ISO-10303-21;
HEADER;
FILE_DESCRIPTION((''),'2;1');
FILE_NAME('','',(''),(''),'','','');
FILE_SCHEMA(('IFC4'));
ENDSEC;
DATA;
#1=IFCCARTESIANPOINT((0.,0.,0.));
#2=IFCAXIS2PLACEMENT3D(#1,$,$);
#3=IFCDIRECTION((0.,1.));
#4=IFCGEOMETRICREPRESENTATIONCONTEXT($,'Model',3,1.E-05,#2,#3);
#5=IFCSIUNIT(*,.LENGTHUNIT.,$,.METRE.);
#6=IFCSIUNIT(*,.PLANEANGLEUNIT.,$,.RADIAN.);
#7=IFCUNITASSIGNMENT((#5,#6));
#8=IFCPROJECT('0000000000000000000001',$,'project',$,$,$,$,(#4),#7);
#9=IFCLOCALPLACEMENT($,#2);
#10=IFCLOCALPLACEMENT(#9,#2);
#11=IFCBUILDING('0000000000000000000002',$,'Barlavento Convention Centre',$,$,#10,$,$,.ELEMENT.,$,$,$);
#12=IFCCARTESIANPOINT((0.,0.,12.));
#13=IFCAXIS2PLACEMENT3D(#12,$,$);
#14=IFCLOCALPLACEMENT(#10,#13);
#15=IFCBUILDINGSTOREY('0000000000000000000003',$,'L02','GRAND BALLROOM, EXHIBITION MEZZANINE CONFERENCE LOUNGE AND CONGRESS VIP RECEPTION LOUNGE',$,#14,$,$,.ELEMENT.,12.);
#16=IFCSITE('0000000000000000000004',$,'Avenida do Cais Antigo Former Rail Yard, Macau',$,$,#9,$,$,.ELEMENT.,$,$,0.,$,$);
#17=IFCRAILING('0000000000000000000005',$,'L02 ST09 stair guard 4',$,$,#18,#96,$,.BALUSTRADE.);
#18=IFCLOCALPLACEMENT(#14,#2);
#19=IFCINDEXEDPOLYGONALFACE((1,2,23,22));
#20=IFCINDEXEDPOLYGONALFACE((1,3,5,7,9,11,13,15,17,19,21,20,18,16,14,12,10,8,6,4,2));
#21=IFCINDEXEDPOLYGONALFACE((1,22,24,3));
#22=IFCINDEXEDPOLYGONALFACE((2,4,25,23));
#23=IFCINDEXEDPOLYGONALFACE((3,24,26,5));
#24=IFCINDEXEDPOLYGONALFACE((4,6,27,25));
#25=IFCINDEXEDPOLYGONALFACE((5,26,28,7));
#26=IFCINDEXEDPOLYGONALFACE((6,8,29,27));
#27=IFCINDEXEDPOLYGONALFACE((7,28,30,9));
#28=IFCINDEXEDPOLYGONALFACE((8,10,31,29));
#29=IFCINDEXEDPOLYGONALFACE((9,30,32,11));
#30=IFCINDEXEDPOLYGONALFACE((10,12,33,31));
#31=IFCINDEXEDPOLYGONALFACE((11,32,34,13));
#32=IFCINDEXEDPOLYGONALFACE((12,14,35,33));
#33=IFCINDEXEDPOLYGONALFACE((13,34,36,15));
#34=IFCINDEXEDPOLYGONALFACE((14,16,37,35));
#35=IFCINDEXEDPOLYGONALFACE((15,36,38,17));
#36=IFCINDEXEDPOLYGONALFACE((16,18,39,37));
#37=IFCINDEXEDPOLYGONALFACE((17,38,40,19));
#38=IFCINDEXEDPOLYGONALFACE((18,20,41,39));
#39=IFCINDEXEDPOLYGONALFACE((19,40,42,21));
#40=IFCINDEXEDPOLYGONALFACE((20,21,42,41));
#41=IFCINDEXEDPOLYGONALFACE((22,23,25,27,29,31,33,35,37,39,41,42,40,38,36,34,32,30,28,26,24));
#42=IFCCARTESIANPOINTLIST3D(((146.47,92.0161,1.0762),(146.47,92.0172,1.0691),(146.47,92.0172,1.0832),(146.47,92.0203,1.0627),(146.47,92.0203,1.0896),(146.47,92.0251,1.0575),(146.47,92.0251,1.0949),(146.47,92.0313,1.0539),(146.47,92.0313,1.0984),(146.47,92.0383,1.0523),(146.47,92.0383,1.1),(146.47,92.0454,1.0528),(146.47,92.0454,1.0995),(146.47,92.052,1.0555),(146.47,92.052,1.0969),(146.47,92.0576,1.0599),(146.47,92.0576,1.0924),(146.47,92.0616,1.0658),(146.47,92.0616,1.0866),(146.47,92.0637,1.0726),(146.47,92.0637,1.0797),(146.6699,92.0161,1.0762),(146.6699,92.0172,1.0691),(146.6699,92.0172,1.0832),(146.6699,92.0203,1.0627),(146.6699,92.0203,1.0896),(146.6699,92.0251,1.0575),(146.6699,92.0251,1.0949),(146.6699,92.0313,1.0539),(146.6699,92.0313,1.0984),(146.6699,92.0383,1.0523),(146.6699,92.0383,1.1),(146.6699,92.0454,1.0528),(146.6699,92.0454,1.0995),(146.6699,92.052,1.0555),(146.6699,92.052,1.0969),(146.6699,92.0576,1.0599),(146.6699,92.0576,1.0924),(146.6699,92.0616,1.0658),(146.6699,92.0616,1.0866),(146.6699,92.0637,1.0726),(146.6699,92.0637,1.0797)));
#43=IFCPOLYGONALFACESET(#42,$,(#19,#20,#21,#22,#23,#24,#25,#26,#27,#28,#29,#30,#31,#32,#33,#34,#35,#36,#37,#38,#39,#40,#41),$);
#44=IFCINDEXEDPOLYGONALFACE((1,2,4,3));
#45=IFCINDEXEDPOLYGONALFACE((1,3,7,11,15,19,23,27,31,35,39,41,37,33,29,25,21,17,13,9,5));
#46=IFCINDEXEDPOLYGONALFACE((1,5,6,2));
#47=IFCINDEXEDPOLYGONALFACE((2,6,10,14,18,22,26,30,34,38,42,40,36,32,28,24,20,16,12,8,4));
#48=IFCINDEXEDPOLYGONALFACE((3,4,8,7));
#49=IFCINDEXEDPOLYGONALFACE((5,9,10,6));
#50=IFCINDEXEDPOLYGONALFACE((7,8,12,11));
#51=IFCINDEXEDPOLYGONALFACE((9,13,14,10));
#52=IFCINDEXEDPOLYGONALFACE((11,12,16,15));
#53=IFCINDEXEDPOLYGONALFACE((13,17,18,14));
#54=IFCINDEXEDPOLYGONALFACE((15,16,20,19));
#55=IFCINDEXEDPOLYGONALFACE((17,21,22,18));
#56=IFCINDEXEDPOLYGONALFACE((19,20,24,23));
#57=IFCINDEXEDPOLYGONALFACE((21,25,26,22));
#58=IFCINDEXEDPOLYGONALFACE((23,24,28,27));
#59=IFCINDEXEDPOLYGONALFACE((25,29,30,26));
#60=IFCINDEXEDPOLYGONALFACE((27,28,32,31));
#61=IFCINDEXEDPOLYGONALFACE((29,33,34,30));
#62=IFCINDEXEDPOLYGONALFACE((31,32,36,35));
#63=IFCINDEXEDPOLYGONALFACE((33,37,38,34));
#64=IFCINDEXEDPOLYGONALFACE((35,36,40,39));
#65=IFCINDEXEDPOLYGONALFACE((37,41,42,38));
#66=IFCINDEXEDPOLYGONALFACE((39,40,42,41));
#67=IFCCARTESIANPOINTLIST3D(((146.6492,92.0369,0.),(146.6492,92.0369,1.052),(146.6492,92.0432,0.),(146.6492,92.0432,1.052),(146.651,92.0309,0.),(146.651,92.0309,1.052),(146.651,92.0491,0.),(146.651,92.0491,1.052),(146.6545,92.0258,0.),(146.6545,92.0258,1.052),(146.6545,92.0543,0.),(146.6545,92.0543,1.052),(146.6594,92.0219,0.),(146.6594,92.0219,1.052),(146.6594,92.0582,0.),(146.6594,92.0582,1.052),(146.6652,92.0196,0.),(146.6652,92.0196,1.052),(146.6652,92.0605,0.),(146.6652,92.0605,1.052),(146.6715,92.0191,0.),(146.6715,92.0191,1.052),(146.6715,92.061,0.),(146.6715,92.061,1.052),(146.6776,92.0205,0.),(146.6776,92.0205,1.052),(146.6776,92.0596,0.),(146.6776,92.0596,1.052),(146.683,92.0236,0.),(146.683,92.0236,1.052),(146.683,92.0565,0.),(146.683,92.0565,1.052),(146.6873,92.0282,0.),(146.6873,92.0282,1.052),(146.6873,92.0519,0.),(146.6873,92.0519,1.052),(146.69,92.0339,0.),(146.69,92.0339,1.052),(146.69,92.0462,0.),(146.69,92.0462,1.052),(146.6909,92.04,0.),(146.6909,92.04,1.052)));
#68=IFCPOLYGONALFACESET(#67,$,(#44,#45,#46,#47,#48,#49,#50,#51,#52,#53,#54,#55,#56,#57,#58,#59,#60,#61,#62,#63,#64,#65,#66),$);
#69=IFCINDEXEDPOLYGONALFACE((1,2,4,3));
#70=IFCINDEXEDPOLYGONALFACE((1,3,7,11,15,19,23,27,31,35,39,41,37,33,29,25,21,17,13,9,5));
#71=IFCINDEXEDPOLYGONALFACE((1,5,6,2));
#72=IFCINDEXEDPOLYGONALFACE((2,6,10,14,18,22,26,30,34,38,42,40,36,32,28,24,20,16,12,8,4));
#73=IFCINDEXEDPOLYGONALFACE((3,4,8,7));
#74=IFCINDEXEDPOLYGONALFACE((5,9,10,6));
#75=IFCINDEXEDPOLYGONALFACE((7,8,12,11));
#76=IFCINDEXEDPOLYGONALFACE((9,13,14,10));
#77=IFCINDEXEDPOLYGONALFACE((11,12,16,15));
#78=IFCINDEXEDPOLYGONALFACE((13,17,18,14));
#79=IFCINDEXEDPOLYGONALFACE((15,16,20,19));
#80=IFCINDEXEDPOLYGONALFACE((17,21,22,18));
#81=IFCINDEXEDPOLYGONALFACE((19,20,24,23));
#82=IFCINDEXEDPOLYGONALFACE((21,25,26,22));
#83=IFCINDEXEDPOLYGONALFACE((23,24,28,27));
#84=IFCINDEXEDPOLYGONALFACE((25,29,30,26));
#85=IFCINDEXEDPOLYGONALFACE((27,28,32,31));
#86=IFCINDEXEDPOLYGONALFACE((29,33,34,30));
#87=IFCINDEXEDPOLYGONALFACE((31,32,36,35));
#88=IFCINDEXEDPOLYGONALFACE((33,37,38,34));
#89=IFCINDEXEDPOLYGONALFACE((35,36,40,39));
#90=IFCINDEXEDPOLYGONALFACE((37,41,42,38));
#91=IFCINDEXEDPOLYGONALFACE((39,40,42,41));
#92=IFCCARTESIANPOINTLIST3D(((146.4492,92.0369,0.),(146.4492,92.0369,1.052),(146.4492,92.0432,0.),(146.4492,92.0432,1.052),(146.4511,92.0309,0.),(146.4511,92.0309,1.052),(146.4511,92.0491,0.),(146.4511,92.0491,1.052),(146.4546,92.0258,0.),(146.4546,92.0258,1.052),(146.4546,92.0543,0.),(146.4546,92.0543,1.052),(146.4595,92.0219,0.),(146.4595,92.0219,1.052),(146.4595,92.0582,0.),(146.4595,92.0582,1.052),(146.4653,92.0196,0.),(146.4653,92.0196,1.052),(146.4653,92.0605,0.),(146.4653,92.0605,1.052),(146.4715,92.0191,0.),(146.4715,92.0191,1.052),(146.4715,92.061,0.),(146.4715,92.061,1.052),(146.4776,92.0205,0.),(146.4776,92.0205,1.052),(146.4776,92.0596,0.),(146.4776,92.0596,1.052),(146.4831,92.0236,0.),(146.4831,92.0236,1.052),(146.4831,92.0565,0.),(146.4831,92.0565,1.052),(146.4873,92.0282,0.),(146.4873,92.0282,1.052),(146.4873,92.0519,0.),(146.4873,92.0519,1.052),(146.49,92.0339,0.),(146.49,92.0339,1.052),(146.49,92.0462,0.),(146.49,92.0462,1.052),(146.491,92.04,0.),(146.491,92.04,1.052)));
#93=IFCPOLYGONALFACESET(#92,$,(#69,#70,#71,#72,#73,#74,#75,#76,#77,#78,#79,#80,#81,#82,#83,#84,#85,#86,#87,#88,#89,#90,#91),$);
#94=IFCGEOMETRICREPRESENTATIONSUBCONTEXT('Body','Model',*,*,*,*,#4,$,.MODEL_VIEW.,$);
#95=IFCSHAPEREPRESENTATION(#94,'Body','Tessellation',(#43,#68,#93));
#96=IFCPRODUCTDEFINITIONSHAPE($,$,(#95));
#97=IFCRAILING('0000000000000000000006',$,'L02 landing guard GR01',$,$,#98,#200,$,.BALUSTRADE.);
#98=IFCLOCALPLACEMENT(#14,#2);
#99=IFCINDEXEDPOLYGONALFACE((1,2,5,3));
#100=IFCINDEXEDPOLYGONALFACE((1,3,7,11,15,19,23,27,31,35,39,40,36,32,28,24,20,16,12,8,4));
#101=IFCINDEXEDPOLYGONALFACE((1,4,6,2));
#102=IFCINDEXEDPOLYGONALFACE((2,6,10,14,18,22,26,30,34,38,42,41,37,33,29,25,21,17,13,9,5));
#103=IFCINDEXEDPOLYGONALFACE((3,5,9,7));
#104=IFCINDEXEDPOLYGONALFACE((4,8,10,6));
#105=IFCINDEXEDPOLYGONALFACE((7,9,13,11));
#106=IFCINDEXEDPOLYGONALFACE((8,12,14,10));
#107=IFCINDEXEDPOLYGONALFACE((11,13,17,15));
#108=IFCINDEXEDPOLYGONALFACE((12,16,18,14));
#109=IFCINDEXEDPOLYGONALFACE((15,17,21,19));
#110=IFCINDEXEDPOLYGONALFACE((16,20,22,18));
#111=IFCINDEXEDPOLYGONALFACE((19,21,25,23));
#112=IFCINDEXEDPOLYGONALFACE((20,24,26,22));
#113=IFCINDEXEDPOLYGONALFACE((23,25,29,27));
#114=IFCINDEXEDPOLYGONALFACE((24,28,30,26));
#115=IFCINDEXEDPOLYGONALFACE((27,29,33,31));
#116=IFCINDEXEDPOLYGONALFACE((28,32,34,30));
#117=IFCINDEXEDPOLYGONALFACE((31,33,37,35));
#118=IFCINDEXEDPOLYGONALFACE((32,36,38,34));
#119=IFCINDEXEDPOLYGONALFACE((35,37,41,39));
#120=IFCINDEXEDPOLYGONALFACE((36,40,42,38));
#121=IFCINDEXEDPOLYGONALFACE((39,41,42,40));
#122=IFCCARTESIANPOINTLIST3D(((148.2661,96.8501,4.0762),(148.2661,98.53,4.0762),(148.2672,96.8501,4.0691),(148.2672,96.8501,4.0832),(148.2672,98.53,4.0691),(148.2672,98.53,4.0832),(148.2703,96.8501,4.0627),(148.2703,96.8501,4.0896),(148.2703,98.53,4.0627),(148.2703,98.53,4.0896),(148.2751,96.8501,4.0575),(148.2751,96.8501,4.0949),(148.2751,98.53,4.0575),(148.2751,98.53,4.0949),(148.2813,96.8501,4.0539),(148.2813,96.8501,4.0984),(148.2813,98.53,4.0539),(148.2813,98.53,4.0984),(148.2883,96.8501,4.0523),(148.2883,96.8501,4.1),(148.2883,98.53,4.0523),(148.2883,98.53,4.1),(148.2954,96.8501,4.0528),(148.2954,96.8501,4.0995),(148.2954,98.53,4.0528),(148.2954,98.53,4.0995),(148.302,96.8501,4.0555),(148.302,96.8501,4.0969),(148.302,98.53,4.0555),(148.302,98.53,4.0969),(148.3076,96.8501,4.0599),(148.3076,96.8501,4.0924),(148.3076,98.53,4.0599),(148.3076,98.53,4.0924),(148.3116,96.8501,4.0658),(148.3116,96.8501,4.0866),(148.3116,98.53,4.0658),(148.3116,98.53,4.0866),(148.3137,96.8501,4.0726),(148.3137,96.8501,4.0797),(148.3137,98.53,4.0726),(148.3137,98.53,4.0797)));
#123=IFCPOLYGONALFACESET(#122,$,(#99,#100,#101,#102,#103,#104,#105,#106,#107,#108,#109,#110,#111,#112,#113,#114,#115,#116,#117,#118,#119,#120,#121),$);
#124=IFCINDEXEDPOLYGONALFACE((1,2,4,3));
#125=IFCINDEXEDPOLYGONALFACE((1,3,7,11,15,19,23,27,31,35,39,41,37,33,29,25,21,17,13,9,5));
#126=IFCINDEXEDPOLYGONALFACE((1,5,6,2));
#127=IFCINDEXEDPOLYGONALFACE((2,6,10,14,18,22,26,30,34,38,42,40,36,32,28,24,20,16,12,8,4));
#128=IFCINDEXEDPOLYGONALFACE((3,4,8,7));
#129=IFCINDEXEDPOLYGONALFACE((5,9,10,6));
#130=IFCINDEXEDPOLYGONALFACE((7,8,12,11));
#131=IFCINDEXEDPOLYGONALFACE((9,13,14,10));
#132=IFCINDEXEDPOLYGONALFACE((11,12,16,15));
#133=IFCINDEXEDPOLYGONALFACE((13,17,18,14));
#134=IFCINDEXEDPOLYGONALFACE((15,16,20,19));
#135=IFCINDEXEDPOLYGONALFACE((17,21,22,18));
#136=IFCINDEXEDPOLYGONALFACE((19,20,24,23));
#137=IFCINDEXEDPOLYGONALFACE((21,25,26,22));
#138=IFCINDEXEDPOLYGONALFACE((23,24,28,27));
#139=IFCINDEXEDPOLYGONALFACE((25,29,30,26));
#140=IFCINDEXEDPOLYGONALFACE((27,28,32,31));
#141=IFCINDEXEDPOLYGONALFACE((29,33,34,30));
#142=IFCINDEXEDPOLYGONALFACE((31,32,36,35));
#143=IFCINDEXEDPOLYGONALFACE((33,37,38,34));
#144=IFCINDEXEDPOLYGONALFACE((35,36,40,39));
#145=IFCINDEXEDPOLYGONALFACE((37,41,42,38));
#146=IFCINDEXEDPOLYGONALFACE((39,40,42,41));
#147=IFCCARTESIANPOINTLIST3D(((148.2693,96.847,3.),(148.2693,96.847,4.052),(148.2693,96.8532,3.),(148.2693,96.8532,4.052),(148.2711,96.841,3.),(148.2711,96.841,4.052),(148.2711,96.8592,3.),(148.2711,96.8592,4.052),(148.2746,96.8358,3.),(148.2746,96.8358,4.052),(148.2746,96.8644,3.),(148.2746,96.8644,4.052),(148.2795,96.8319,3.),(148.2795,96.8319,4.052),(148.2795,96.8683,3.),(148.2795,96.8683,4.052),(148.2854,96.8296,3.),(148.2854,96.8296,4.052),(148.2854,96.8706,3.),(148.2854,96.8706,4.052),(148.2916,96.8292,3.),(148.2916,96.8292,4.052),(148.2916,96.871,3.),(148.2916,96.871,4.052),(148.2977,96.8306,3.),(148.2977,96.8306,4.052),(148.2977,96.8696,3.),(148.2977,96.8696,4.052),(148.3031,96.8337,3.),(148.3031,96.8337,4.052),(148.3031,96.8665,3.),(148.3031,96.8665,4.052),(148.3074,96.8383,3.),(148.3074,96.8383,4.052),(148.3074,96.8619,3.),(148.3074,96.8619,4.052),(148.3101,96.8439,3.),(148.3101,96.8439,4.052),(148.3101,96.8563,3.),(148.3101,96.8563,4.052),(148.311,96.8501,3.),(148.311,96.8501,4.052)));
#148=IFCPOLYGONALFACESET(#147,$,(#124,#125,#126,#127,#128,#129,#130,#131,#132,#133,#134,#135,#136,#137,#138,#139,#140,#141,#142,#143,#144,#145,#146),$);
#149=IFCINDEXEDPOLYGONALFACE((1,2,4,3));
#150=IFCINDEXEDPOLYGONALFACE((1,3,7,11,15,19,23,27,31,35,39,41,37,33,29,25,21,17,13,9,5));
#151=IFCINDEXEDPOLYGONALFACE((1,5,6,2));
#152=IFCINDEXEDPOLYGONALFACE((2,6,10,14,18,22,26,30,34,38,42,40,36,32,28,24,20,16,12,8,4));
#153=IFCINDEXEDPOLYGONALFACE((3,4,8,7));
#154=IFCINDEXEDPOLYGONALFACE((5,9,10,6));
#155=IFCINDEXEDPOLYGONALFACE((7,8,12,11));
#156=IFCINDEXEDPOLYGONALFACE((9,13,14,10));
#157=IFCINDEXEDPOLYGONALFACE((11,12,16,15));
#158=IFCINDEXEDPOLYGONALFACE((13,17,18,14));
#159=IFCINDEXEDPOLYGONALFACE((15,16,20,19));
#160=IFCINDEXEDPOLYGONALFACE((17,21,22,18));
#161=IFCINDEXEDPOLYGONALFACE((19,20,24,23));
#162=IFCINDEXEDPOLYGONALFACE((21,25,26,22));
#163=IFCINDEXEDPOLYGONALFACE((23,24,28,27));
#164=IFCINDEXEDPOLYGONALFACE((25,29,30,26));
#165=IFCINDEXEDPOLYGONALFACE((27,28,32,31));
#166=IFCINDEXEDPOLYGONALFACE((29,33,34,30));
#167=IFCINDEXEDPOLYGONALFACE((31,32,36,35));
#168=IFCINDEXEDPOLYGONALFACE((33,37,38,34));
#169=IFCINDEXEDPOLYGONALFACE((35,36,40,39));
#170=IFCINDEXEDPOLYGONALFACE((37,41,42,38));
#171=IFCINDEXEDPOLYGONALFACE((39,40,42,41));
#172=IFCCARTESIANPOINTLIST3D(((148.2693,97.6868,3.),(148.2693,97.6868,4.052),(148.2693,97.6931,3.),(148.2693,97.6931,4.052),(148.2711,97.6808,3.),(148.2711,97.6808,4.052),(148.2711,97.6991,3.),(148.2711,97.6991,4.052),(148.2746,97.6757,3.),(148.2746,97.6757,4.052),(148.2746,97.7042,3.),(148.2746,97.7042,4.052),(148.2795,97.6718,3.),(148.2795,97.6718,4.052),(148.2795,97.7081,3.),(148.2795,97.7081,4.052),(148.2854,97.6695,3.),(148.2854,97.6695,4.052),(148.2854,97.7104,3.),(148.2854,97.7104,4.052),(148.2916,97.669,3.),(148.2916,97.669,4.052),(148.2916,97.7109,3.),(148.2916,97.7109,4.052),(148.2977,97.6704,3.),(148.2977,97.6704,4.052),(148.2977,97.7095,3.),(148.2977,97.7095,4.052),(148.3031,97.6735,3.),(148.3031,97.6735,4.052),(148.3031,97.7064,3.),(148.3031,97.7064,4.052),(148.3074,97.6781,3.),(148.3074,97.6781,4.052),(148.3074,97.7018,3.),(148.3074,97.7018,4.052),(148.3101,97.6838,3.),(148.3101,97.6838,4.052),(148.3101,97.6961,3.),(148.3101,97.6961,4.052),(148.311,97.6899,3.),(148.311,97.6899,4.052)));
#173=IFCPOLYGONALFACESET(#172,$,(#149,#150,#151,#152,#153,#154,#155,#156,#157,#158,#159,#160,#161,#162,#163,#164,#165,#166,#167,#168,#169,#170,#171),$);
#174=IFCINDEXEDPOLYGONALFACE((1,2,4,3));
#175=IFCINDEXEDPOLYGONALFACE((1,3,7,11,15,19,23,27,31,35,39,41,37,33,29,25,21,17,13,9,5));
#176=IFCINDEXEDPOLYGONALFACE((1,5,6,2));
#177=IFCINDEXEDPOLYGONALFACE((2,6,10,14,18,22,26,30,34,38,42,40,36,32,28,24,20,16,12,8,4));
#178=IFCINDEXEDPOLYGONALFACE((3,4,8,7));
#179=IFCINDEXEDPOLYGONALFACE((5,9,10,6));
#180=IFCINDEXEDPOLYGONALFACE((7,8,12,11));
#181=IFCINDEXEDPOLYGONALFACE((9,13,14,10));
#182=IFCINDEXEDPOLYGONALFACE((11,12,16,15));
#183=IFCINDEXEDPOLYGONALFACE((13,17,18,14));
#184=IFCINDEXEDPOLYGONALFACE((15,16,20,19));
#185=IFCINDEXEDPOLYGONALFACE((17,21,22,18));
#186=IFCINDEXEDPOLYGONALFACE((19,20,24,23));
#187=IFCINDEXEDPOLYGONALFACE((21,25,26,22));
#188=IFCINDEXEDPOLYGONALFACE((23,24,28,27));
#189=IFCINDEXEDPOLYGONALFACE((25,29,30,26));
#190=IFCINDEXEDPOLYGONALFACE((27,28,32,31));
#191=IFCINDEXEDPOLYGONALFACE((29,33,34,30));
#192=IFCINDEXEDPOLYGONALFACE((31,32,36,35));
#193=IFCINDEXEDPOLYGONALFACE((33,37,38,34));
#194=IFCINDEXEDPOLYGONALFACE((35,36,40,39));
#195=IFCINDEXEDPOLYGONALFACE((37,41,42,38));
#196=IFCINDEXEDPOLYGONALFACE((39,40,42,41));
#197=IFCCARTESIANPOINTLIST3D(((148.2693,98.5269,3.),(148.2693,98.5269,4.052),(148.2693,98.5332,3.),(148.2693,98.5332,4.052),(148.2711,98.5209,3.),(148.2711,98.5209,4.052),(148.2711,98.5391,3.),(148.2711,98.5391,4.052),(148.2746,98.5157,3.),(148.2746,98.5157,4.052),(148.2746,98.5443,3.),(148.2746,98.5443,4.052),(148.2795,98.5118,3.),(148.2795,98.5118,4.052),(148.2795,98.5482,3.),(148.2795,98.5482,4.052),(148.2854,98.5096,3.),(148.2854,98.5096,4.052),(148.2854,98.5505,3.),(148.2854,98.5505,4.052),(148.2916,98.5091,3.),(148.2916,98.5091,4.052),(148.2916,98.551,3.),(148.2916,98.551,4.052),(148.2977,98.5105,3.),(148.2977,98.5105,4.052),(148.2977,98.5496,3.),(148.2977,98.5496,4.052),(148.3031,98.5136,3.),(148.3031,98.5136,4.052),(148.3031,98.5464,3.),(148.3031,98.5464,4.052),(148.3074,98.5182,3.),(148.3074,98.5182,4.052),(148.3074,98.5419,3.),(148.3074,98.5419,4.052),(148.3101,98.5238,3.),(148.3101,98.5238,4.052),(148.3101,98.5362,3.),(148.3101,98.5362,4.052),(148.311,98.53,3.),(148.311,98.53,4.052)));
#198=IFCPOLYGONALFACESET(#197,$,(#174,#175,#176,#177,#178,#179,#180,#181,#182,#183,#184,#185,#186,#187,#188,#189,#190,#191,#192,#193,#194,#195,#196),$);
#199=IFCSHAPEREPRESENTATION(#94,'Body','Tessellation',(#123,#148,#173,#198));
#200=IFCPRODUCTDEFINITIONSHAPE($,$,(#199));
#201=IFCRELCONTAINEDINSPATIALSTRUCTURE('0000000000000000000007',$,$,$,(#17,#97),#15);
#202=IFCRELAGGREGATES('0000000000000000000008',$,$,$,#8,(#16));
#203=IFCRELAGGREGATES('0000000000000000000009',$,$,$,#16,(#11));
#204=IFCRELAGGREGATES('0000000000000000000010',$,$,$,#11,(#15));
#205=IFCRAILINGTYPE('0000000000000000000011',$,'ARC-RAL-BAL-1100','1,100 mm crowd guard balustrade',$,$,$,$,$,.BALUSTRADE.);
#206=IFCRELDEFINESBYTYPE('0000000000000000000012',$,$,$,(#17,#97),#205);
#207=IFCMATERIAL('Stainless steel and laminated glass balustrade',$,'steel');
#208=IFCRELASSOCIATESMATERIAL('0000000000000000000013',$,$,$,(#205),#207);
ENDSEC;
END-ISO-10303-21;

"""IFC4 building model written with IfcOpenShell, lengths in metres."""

from ifc_helpers import new_model, si_unit, direction, frame, origin, origin_2d, place, context, subcontext, project, spatial, circle, extrude, material, type_object, element, save


model = new_model("IFC4")

# Units and contexts
model_context = context("Model", 3, precision=1e-05, world=origin(), true_north=direction((0.0, 1.0)))
body_context = subcontext(model_context, "Body", "Model", "MODEL_VIEW")
ifc_project = project(units=[si_unit("LENGTHUNIT", "METRE"), si_unit("PLANEANGLEUNIT", "RADIAN")], contexts=[model_context])

# Site, building, storey
site_placement = place(None, origin())
site = spatial("IfcSite", under=ifc_project, at=site_placement, Name="Avenida do Cais Antigo Former Rail Yard, Macau", CompositionType="ELEMENT", RefElevation=0.0)
building_placement = place(site_placement, origin())
building = spatial("IfcBuilding", under=site, at=building_placement, Name="Barlavento Convention Centre", CompositionType="ELEMENT")
storey_placement = place(building_placement, frame((0.0, 0.0, 12.0)))
storey = spatial("IfcBuildingStorey", under=building, at=storey_placement, Name="L02", Description="GRAND BALLROOM, EXHIBITION MEZZANINE CONFERENCE LOUNGE AND CONGRESS VIP RECEPTION LOUNGE", CompositionType="ELEMENT", Elevation=12.0)

# Railings
ifc_material_1 = material(Name="Stainless steel and laminated glass balustrade", Category="steel")
railing_type_1 = type_object("IfcRailingType", Name="ARC-RAL-BAL-1100", Description="1,100 mm crowd guard balustrade", PredefinedType="BALUSTRADE", material=ifc_material_1)
railing_1_placement = place(storey_placement, frame((146.6699, 92.04, 0.0)))
element("IfcRailing", 1, at=railing_1_placement, inside=storey, type_object=railing_type_1, Name="L02 ST09 stair guard 4", PredefinedType="BALUSTRADE", context=body_context, shape_type="SweptSolid", body=[
    extrude(circle(Radius=0.0239, at=origin_2d()), frame((0.0, 0.0, 1.0762), z_axis=(-1.0, 0.0, 0.0), x_axis=(0.0, -1.0, 0.0)), (0.0, 0.0, 1.0), 0.2),
    extrude(circle(Radius=0.021, at=origin_2d()), origin(), (0.0, 0.0, 1.0), 1.052),
    extrude(circle(Radius=0.021, at=origin_2d()), frame((-0.2, 0.0, 0.0)), (0.0, 0.0, 1.0), 1.052),
])
railing_2_placement = place(storey_placement, frame((148.29, 96.8501, 3.0)))
element("IfcRailing", 2, at=railing_2_placement, inside=storey, type_object=railing_type_1, Name="L02 landing guard GR01", PredefinedType="BALUSTRADE", context=body_context, shape_type="SweptSolid", body=[
    extrude(circle(Radius=0.0239, at=origin_2d()), frame((0.0, 0.0, 1.0762), z_axis=(0.0, 1.0, 0.0), x_axis=(-1.0, 0.0, 0.0)), (0.0, 0.0, 1.0), 1.6799),
    extrude(circle(Radius=0.021, at=origin_2d()), origin(), (0.0, 0.0, 1.0), 1.052),
    extrude(circle(Radius=0.021, at=origin_2d()), frame((0.0, 0.8398, 0.0)), (0.0, 0.0, 1.0), 1.052),
    extrude(circle(Radius=0.021, at=origin_2d()), frame((0.0, 1.6799, 0.0)), (0.0, 0.0, 1.0), 1.052),
])

save(model, "model.ifc")
